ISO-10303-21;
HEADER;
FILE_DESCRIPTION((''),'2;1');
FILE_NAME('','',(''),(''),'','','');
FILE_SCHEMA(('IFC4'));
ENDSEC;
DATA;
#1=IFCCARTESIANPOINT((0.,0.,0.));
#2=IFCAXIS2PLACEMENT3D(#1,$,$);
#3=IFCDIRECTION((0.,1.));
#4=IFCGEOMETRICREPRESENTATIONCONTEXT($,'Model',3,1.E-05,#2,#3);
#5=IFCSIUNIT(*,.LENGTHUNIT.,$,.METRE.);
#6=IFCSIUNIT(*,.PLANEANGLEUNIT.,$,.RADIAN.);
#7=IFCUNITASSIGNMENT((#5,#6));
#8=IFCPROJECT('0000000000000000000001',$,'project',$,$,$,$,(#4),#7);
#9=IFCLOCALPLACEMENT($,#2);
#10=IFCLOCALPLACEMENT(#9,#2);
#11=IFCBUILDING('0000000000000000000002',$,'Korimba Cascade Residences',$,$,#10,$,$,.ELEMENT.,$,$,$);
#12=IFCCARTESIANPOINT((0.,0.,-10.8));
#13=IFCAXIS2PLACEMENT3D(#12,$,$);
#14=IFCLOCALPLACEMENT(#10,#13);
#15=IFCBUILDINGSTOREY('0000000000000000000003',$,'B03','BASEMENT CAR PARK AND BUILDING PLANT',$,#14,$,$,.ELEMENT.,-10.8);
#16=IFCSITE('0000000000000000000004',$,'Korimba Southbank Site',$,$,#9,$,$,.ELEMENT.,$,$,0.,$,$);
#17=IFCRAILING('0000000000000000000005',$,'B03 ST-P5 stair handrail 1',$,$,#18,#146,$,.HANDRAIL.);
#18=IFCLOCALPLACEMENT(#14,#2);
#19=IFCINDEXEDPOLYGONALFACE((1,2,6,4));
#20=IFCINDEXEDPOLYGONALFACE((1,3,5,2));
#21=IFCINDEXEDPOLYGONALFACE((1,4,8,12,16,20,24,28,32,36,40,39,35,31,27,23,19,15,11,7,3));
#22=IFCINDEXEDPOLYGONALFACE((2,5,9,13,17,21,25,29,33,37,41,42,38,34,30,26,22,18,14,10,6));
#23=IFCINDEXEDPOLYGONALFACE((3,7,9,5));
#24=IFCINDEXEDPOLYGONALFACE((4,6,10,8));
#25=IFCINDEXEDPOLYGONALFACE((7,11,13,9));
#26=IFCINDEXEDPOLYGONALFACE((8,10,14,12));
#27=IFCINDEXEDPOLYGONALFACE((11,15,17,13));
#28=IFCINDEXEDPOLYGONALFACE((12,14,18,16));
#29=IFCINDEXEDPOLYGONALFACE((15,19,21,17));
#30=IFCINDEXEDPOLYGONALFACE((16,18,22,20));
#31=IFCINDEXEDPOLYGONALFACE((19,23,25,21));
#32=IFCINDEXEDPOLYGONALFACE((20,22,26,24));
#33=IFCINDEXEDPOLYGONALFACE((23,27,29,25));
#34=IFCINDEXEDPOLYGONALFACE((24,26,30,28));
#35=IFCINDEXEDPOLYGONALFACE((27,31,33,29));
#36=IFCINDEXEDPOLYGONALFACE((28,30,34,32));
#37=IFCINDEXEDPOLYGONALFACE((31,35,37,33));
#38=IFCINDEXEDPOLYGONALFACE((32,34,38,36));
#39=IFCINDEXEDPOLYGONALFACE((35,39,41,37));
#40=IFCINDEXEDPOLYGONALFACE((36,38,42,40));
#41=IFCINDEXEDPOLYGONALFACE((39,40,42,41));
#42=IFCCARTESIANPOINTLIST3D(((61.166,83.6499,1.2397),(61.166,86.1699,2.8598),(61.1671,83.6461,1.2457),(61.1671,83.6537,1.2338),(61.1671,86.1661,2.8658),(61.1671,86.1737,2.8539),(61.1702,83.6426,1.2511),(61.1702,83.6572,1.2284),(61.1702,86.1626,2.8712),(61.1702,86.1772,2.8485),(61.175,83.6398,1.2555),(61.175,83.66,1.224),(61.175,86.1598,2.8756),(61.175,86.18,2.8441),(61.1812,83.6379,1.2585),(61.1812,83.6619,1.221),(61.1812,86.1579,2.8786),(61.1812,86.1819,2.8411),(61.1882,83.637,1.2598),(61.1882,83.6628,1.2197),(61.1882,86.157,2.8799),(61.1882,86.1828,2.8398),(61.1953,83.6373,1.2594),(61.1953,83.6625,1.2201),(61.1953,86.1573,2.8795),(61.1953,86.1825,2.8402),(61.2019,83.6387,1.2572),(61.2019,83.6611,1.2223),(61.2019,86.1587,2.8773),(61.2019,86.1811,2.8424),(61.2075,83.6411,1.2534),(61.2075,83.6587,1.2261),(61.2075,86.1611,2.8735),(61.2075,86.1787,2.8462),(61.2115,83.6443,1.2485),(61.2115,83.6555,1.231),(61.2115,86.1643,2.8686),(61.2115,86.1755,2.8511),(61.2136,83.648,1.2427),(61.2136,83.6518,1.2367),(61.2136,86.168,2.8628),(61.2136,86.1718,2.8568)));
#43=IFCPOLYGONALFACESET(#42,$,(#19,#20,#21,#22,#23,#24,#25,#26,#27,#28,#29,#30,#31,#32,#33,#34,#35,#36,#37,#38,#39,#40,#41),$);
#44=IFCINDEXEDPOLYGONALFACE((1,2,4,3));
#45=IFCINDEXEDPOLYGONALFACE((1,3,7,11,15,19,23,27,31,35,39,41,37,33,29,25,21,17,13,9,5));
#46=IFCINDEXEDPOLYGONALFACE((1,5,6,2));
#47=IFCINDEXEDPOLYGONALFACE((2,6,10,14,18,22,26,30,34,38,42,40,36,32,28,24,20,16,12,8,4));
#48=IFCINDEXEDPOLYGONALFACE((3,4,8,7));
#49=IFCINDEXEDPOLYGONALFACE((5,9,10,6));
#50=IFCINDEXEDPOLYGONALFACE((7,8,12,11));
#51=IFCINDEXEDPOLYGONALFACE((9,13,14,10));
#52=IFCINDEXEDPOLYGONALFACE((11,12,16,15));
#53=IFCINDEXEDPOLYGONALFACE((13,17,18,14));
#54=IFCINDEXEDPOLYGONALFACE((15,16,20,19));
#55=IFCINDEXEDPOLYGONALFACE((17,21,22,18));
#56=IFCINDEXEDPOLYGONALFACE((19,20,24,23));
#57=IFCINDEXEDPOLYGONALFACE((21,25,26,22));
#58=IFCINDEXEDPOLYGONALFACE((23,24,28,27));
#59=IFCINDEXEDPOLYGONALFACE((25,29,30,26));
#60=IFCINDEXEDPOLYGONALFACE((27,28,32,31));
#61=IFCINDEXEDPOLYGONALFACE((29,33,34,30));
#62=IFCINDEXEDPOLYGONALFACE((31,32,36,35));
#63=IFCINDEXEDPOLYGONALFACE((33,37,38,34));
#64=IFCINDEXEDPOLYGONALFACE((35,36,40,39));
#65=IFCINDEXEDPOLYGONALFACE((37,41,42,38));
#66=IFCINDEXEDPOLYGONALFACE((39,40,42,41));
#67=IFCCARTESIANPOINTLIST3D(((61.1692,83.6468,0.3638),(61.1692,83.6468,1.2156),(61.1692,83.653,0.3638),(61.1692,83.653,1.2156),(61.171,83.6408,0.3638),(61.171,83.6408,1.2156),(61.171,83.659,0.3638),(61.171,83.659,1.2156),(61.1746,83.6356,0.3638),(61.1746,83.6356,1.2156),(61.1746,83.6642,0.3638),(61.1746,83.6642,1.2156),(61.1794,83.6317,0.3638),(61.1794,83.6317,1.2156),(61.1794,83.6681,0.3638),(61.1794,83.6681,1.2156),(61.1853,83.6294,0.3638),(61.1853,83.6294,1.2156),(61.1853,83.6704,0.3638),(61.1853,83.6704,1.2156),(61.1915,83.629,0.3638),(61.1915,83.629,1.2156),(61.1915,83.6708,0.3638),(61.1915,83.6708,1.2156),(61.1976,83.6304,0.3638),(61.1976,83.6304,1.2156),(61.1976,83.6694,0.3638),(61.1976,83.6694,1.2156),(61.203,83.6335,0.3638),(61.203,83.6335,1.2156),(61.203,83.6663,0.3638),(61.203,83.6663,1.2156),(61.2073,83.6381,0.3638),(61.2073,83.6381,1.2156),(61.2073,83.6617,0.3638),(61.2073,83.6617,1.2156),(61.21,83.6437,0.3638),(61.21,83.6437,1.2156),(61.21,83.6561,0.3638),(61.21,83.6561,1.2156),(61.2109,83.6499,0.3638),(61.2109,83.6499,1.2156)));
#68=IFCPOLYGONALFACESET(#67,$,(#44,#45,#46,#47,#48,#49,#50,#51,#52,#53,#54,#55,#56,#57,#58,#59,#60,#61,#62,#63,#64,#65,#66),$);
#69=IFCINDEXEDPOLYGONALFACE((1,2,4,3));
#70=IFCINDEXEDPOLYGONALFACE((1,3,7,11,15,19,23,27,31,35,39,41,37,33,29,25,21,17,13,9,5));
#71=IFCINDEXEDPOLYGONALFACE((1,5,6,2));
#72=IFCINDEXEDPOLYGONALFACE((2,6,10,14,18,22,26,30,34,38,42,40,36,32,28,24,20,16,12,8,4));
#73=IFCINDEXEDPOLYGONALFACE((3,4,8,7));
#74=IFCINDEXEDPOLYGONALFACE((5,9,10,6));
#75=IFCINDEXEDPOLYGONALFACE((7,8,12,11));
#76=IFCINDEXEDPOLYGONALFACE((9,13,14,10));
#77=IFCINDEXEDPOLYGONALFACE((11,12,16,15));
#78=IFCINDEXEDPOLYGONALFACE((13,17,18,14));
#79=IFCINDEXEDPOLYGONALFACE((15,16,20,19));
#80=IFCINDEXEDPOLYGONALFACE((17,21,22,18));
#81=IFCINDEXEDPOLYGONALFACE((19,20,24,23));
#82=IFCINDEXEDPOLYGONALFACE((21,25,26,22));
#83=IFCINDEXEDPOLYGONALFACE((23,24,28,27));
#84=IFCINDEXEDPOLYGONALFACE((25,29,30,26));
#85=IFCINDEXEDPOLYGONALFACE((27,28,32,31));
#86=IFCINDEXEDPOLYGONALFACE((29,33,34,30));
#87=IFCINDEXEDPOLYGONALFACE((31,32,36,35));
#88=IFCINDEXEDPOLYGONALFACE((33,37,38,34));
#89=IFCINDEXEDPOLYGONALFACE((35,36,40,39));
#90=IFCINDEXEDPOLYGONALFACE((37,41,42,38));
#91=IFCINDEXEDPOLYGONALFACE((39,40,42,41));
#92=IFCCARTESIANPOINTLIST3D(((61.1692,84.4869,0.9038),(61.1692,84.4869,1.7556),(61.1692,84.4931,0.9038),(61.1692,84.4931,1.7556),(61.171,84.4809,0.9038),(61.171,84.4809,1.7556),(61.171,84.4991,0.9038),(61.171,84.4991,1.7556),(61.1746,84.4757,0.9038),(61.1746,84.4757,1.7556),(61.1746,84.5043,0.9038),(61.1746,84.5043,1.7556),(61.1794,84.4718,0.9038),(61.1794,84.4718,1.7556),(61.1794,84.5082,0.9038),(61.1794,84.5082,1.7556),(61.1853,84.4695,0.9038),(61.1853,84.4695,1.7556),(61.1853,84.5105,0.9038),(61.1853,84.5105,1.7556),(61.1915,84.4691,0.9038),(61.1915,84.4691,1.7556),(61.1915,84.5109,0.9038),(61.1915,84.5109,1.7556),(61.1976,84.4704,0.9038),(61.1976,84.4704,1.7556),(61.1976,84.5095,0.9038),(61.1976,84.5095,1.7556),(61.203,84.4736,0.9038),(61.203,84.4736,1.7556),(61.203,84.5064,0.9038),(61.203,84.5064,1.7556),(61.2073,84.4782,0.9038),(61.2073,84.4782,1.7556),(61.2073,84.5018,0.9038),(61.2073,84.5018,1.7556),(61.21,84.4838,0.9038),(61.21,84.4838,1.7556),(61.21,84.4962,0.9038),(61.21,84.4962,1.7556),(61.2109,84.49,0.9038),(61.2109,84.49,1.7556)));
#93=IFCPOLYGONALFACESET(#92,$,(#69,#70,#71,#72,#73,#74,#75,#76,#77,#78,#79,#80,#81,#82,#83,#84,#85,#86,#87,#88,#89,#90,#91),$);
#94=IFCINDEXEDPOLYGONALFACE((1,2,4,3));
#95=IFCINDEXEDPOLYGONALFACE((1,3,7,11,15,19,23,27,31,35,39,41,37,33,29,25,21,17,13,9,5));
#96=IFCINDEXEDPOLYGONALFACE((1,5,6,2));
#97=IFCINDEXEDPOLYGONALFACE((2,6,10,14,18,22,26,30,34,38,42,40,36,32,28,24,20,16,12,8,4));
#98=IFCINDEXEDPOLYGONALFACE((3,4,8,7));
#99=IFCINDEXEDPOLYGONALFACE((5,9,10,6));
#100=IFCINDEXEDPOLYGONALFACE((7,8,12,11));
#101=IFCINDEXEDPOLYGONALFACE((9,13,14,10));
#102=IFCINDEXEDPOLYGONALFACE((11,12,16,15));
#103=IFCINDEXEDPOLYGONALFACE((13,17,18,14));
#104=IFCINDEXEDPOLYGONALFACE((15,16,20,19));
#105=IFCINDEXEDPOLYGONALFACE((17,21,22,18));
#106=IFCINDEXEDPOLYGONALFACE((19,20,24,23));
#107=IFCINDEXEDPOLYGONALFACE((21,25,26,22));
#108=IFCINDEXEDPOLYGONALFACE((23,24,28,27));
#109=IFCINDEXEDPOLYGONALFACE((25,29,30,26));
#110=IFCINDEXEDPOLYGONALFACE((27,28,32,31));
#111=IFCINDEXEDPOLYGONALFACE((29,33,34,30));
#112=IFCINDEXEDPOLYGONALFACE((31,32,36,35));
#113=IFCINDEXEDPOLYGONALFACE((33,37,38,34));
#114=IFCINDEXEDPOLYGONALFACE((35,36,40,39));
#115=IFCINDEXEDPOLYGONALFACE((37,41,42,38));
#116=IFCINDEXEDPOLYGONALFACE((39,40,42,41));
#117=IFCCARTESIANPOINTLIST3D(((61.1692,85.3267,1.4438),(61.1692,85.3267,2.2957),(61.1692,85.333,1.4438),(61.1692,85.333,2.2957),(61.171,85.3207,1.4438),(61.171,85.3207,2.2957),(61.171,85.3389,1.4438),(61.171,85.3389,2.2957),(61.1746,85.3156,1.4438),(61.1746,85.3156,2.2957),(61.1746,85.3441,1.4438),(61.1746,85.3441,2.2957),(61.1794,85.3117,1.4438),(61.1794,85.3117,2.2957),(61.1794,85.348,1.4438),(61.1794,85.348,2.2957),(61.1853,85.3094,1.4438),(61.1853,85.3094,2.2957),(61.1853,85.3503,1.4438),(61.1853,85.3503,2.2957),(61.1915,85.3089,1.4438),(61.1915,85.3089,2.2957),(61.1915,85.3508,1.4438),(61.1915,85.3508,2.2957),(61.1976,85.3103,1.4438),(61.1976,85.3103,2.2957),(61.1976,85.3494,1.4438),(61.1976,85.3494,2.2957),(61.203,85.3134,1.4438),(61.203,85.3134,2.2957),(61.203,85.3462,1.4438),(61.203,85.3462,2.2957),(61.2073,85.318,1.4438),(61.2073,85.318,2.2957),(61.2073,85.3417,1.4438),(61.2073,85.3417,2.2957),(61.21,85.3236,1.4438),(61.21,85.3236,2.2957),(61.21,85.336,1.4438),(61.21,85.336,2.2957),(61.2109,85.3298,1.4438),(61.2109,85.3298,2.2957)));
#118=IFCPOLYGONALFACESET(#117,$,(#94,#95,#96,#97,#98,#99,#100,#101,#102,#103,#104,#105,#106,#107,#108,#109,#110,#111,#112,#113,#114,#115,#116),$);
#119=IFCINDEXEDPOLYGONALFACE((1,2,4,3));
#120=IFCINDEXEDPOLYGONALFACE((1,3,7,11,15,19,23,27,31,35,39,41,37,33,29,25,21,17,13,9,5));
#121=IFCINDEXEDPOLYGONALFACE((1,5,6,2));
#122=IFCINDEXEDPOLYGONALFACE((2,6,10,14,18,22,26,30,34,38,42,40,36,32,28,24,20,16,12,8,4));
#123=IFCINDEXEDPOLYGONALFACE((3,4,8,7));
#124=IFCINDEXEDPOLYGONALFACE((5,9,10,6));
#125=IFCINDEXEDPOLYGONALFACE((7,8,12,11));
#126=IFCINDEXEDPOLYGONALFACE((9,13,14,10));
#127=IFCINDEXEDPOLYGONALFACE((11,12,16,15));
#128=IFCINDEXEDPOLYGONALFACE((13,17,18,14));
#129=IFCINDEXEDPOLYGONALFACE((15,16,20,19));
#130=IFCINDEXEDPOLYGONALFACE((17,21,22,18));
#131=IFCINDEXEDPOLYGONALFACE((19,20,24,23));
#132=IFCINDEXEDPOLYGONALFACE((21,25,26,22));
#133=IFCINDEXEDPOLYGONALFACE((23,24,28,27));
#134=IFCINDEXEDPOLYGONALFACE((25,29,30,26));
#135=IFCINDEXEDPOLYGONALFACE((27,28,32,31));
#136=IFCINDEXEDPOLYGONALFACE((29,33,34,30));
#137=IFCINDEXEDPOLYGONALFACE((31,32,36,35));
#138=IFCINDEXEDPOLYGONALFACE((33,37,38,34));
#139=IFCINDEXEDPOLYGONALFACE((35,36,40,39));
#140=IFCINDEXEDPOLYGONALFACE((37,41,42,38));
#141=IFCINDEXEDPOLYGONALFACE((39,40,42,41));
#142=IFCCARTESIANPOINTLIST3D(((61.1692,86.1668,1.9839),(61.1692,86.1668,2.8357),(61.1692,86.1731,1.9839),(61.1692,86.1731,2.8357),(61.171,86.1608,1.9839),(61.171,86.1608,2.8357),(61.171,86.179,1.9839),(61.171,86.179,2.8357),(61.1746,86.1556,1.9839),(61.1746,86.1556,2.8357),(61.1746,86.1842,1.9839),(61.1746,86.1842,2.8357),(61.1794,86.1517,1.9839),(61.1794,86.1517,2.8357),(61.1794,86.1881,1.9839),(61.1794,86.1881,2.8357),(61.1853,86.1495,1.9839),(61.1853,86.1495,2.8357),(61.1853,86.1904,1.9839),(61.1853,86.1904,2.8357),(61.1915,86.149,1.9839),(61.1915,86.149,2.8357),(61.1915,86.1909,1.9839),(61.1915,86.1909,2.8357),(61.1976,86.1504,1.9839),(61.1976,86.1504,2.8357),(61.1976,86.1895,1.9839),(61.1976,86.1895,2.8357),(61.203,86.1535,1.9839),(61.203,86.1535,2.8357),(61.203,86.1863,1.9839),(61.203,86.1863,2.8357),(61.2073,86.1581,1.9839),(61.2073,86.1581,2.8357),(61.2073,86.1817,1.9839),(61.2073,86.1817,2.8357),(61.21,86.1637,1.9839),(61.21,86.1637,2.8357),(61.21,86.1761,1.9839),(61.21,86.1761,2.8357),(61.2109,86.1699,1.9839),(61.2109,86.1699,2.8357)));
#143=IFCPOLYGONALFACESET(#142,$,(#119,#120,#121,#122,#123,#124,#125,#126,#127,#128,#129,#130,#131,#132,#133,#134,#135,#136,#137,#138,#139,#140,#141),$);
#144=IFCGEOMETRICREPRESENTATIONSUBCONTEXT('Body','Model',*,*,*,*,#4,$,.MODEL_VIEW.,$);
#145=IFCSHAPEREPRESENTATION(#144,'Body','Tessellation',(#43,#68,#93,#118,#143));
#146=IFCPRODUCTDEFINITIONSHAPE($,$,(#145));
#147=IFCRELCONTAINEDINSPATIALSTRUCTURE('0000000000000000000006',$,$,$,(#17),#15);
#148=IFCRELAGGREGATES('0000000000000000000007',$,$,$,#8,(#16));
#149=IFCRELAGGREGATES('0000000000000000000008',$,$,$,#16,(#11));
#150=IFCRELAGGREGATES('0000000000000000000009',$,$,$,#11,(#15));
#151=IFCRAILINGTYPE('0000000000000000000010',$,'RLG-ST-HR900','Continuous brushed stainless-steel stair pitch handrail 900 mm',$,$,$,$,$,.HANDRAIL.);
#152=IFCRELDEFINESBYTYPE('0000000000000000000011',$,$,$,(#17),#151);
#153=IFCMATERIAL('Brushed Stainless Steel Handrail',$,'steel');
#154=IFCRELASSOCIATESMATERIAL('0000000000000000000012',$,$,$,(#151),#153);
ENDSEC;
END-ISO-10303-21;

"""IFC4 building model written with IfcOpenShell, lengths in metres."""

from ifc_helpers import new_model, si_unit, direction, frame, origin, origin_2d, place, context, subcontext, project, spatial, circle, extrude, material, type_object, element, save


model = new_model("IFC4")

# Units and contexts
model_context = context("Model", 3, precision=1e-05, world=origin(), true_north=direction((0.0, 1.0)))
body_context = subcontext(model_context, "Body", "Model", "MODEL_VIEW")
ifc_project = project(units=[si_unit("LENGTHUNIT", "METRE"), si_unit("PLANEANGLEUNIT", "RADIAN")], contexts=[model_context])

# Site, building, storey
site_placement = place(None, origin())
site = spatial("IfcSite", under=ifc_project, at=site_placement, Name="Korimba Southbank Site", CompositionType="ELEMENT", RefElevation=0.0)
building_placement = place(site_placement, origin())
building = spatial("IfcBuilding", under=site, at=building_placement, Name="Korimba Cascade Residences", CompositionType="ELEMENT")
storey_placement = place(building_placement, frame((0.0, 0.0, -10.8)))
storey = spatial("IfcBuildingStorey", under=building, at=storey_placement, Name="B03", Description="BASEMENT CAR PARK AND BUILDING PLANT", CompositionType="ELEMENT", Elevation=-10.8)

# Railing
ifc_material_1 = material(Name="Brushed Stainless Steel Handrail", Category="steel")
railing_type_1 = type_object("IfcRailingType", Name="RLG-ST-HR900", Description="Continuous brushed stainless-steel stair pitch handrail 900 mm", PredefinedType="HANDRAIL", material=ifc_material_1)
railing_1_placement = place(storey_placement, frame((61.1899, 83.6499, 0.3638)))
element("IfcRailing", 1, at=railing_1_placement, inside=storey, type_object=railing_type_1, Name="B03 ST-P5 stair handrail 1", PredefinedType="HANDRAIL", context=body_context, shape_type="SweptSolid", body=[
    extrude(circle(Radius=0.0239, at=origin_2d()), frame((0.0, 0.0, 0.876), z_axis=(0.0, 0.841163, 0.540782), x_axis=(-1.0, 0.0, 0.0)), (0.0, 0.0, 1.0), 2.9958),
    extrude(circle(Radius=0.021, at=origin_2d()), origin(), (0.0, 0.0, 1.0), 0.8518),
    extrude(circle(Radius=0.021, at=origin_2d()), frame((0.0, 0.8401, 0.54)), (0.0, 0.0, 1.0), 0.8518),
    extrude(circle(Radius=0.021, at=origin_2d()), frame((0.0, 1.6799, 1.0801)), (0.0, 0.0, 1.0), 0.8518),
    extrude(circle(Radius=0.021, at=origin_2d()), frame((0.0, 2.52, 1.6201)), (0.0, 0.0, 1.0), 0.8518),
])

save(model, "model.ifc")
